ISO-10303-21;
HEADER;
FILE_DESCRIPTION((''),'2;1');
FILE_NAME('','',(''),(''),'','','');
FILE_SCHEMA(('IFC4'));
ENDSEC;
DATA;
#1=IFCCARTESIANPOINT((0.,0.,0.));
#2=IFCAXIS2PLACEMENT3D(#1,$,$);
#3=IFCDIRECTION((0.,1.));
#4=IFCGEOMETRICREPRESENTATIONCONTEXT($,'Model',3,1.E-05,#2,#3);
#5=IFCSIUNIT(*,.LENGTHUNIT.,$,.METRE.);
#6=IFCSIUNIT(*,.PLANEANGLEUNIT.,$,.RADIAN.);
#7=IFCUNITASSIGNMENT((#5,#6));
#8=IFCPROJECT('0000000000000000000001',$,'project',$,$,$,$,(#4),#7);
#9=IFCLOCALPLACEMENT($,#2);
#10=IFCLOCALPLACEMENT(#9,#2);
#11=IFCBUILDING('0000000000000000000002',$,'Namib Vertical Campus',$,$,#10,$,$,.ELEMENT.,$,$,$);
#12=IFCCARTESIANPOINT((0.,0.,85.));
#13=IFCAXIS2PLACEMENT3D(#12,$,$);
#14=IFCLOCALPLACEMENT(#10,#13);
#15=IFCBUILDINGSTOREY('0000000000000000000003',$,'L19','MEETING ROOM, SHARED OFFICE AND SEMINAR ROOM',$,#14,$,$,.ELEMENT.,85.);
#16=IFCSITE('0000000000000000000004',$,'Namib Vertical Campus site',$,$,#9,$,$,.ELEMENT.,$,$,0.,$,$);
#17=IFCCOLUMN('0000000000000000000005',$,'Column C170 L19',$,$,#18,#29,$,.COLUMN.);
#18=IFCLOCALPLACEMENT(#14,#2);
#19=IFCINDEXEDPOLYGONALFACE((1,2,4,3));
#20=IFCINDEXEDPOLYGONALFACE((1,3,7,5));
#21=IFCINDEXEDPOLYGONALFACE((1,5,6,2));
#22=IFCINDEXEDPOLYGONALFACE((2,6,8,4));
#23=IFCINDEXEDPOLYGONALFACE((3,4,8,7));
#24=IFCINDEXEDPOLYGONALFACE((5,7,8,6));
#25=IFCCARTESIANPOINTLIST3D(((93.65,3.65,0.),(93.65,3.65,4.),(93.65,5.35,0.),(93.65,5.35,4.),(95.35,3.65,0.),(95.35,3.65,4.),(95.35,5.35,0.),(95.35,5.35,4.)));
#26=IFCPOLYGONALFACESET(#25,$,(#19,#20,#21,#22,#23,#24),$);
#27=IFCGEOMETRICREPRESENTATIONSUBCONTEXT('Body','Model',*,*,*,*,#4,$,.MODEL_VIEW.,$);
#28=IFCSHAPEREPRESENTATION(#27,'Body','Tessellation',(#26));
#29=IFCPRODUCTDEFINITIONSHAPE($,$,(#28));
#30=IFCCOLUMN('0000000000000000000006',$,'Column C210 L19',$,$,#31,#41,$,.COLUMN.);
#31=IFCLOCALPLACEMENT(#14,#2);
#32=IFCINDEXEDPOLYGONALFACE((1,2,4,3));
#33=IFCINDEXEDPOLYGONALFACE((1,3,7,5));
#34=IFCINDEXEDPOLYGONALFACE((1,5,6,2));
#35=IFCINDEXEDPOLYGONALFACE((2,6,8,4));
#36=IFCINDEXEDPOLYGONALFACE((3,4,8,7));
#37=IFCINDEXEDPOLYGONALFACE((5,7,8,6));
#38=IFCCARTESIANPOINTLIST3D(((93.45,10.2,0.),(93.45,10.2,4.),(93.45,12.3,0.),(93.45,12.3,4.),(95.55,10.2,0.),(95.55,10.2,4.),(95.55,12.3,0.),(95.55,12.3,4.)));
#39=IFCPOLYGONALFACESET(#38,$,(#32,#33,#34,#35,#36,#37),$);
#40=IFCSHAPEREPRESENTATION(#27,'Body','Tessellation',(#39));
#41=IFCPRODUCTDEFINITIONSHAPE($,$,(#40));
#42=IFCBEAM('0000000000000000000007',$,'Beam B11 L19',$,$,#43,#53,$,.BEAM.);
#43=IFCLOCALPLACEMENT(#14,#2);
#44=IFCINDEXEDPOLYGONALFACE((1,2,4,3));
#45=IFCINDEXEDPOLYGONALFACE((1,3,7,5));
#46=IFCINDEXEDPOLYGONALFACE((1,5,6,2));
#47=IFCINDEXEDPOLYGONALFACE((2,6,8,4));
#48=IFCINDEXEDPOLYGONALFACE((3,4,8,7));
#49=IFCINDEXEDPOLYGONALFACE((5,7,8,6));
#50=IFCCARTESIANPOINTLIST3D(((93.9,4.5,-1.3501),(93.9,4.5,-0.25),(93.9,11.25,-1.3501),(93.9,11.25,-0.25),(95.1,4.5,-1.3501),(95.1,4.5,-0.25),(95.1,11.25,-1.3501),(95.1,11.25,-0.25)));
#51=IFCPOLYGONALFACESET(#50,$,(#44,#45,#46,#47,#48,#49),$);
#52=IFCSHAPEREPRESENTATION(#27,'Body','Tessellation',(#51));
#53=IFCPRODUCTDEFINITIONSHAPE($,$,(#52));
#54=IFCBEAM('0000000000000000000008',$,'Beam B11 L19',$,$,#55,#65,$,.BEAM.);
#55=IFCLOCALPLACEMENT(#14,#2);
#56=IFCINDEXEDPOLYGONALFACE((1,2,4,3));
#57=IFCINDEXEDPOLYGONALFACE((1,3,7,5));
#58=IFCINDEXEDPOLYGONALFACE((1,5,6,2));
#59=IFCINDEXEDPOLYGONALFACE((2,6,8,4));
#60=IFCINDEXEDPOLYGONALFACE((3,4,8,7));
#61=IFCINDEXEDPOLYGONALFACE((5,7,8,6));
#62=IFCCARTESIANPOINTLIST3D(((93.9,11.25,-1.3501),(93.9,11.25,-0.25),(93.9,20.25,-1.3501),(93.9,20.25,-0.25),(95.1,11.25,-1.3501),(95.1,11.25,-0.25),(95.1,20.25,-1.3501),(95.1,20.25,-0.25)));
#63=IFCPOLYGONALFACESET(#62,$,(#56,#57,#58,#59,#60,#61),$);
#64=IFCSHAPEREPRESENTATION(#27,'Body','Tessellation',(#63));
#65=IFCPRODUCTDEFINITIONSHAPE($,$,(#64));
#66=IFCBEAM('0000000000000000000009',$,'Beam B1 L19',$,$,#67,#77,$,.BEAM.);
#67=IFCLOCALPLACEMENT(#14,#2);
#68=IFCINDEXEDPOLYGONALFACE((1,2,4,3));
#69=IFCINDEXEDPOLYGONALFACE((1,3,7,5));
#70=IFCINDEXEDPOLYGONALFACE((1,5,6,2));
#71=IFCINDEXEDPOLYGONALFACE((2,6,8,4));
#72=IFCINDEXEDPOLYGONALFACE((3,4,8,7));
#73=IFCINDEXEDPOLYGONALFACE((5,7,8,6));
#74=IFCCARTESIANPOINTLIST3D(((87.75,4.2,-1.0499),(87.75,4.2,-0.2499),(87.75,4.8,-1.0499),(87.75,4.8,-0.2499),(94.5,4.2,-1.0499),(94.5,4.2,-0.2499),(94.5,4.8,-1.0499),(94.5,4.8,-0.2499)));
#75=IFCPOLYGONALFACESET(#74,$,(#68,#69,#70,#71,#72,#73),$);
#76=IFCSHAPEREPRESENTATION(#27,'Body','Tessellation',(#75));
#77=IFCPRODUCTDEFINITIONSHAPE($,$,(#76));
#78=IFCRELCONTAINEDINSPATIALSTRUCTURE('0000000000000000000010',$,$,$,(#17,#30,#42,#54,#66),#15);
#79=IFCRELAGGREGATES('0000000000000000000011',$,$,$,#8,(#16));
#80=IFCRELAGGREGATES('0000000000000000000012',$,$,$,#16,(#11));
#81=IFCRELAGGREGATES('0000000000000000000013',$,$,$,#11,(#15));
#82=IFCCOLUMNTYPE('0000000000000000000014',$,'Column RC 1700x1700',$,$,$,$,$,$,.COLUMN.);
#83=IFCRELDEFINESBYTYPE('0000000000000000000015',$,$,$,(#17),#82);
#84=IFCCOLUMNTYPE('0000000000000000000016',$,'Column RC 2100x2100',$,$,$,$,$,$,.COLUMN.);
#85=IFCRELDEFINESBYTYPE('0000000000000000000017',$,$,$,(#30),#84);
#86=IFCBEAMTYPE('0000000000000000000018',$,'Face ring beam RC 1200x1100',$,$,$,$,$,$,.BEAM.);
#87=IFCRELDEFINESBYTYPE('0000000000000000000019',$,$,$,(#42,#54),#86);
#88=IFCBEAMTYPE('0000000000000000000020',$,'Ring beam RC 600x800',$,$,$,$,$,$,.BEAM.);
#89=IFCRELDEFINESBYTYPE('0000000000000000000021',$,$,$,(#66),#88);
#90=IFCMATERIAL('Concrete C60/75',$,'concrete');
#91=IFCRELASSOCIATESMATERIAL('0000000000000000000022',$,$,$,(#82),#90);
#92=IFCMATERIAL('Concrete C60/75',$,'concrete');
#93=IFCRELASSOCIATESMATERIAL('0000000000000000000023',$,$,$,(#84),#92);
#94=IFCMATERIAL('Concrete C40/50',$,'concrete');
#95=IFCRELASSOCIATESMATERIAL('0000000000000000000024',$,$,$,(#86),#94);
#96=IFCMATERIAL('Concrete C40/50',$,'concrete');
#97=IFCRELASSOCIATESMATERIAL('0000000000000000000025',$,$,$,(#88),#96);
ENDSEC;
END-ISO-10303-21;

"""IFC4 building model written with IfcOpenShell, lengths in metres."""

from ifc_helpers import new_model, si_unit, direction, frame, origin, origin_2d, place, context, subcontext, project, spatial, rectangle, extrude, material, material_profile, profile_set, type_object, element, save


model = new_model("IFC4")

# Units and contexts
model_context = context("Model", 3, precision=1e-05, world=origin(), true_north=direction((0.0, 1.0)))
body_context = subcontext(model_context, "Body", "Model", "MODEL_VIEW")
ifc_project = project(units=[si_unit("LENGTHUNIT", "METRE"), si_unit("PLANEANGLEUNIT", "RADIAN")], contexts=[model_context])

# Site, building, storey
site_placement = place(None, origin())
site = spatial("IfcSite", under=ifc_project, at=site_placement, Name="Namib Vertical Campus site", CompositionType="ELEMENT", RefElevation=0.0)
building_placement = place(site_placement, origin())
building = spatial("IfcBuilding", under=site, at=building_placement, Name="Namib Vertical Campus", CompositionType="ELEMENT")
storey_placement = place(building_placement, frame((0.0, 0.0, 85.0)))
storey = spatial("IfcBuildingStorey", under=building, at=storey_placement, Name="L19", Description="MEETING ROOM, SHARED OFFICE AND SEMINAR ROOM", CompositionType="ELEMENT", Elevation=85.0)

# Columns
ifc_material_1 = material(Name="Concrete C60/75", Category="concrete")
ifc_material_profile_1 = material_profile(ifc_material_1, rectangle(XDim=1.7, YDim=1.7, at=origin_2d()))
ifc_profile_set_1 = profile_set([ifc_material_profile_1], Name="Concrete C60/75")
column_type_1 = type_object("IfcColumnType", Name="Column RC 1700x1700", PredefinedType="COLUMN", material=ifc_profile_set_1)
column_1_placement = place(storey_placement, frame((94.5, 4.5, 0.0), z_axis=(0.0, 0.0, 1.0), x_axis=(1.0, 0.0, 0.0)))
element("IfcColumn", 1, at=column_1_placement, inside=storey, type_object=column_type_1, Name="Column C170 L19", PredefinedType="COLUMN", context=body_context, shape_type="SweptSolid", body=[
    extrude(rectangle(XDim=1.7, YDim=1.7, at=origin_2d()), origin(), (0.0, 0.0, 1.0), 4.0),
])
ifc_material_2 = material(Name="Concrete C60/75", Category="concrete")
ifc_material_profile_2 = material_profile(ifc_material_2, rectangle(XDim=2.1001, YDim=2.1001, at=origin_2d()))
ifc_profile_set_2 = profile_set([ifc_material_profile_2], Name="Concrete C60/75")
column_type_2 = type_object("IfcColumnType", Name="Column RC 2100x2100", PredefinedType="COLUMN", material=ifc_profile_set_2)
column_2_placement = place(storey_placement, frame((94.5, 11.25, 0.0), z_axis=(0.0, 0.0, 1.0), x_axis=(1.0, 0.0, 0.0)))
element("IfcColumn", 2, at=column_2_placement, inside=storey, type_object=column_type_2, Name="Column C210 L19", PredefinedType="COLUMN", context=body_context, shape_type="SweptSolid", body=[
    extrude(rectangle(XDim=2.1001, YDim=2.1001, at=origin_2d()), origin(), (0.0, 0.0, 1.0), 4.0),
])

# Beams
ifc_material_3 = material(Name="Concrete C40/50", Category="concrete")
ifc_material_profile_3 = material_profile(ifc_material_3, rectangle(XDim=1.2, YDim=1.1001, at=origin_2d()))
ifc_profile_set_3 = profile_set([ifc_material_profile_3], Name="Concrete C40/50")
beam_type_1 = type_object("IfcBeamType", Name="Face ring beam RC 1200x1100", PredefinedType="BEAM", material=ifc_profile_set_3)
beam_1_placement = place(storey_placement, frame((94.5, 4.5, -0.8), z_axis=(0.0, 1.0, 0.0), x_axis=(-1.0, 0.0, 0.0)))
element("IfcBeam", 3, at=beam_1_placement, inside=storey, type_object=beam_type_1, Name="Beam B11 L19", PredefinedType="BEAM", context=body_context, shape_type="SweptSolid", body=[
    extrude(rectangle(XDim=1.2, YDim=1.1001, at=origin_2d()), origin(), (0.0, 0.0, 1.0), 6.75),
])
beam_2_placement = place(storey_placement, frame((94.5, 11.25, -0.8), z_axis=(0.0, 1.0, 0.0), x_axis=(-1.0, 0.0, 0.0)))
element("IfcBeam", 4, at=beam_2_placement, inside=storey, type_object=beam_type_1, Name="Beam B11 L19", PredefinedType="BEAM", context=body_context, shape_type="SweptSolid", body=[
    extrude(rectangle(XDim=1.2, YDim=1.1001, at=origin_2d()), origin(), (0.0, 0.0, 1.0), 9.0),
])
ifc_material_4 = material(Name="Concrete C40/50", Category="concrete")
ifc_material_profile_4 = material_profile(ifc_material_4, rectangle(XDim=0.6001, YDim=0.8, at=origin_2d()))
ifc_profile_set_4 = profile_set([ifc_material_profile_4], Name="Concrete C40/50")
beam_type_2 = type_object("IfcBeamType", Name="Ring beam RC 600x800", PredefinedType="BEAM", material=ifc_profile_set_4)
beam_3_placement = place(storey_placement, frame((87.75, 4.5, -0.6499), z_axis=(1.0, 0.0, 0.0), x_axis=(0.0, 1.0, 0.0)))
element("IfcBeam", 5, at=beam_3_placement, inside=storey, type_object=beam_type_2, Name="Beam B1 L19", PredefinedType="BEAM", context=body_context, shape_type="SweptSolid", body=[
    extrude(rectangle(XDim=0.6001, YDim=0.8, at=origin_2d()), origin(), (0.0, 0.0, 1.0), 6.75),
])

save(model, "model.ifc")
